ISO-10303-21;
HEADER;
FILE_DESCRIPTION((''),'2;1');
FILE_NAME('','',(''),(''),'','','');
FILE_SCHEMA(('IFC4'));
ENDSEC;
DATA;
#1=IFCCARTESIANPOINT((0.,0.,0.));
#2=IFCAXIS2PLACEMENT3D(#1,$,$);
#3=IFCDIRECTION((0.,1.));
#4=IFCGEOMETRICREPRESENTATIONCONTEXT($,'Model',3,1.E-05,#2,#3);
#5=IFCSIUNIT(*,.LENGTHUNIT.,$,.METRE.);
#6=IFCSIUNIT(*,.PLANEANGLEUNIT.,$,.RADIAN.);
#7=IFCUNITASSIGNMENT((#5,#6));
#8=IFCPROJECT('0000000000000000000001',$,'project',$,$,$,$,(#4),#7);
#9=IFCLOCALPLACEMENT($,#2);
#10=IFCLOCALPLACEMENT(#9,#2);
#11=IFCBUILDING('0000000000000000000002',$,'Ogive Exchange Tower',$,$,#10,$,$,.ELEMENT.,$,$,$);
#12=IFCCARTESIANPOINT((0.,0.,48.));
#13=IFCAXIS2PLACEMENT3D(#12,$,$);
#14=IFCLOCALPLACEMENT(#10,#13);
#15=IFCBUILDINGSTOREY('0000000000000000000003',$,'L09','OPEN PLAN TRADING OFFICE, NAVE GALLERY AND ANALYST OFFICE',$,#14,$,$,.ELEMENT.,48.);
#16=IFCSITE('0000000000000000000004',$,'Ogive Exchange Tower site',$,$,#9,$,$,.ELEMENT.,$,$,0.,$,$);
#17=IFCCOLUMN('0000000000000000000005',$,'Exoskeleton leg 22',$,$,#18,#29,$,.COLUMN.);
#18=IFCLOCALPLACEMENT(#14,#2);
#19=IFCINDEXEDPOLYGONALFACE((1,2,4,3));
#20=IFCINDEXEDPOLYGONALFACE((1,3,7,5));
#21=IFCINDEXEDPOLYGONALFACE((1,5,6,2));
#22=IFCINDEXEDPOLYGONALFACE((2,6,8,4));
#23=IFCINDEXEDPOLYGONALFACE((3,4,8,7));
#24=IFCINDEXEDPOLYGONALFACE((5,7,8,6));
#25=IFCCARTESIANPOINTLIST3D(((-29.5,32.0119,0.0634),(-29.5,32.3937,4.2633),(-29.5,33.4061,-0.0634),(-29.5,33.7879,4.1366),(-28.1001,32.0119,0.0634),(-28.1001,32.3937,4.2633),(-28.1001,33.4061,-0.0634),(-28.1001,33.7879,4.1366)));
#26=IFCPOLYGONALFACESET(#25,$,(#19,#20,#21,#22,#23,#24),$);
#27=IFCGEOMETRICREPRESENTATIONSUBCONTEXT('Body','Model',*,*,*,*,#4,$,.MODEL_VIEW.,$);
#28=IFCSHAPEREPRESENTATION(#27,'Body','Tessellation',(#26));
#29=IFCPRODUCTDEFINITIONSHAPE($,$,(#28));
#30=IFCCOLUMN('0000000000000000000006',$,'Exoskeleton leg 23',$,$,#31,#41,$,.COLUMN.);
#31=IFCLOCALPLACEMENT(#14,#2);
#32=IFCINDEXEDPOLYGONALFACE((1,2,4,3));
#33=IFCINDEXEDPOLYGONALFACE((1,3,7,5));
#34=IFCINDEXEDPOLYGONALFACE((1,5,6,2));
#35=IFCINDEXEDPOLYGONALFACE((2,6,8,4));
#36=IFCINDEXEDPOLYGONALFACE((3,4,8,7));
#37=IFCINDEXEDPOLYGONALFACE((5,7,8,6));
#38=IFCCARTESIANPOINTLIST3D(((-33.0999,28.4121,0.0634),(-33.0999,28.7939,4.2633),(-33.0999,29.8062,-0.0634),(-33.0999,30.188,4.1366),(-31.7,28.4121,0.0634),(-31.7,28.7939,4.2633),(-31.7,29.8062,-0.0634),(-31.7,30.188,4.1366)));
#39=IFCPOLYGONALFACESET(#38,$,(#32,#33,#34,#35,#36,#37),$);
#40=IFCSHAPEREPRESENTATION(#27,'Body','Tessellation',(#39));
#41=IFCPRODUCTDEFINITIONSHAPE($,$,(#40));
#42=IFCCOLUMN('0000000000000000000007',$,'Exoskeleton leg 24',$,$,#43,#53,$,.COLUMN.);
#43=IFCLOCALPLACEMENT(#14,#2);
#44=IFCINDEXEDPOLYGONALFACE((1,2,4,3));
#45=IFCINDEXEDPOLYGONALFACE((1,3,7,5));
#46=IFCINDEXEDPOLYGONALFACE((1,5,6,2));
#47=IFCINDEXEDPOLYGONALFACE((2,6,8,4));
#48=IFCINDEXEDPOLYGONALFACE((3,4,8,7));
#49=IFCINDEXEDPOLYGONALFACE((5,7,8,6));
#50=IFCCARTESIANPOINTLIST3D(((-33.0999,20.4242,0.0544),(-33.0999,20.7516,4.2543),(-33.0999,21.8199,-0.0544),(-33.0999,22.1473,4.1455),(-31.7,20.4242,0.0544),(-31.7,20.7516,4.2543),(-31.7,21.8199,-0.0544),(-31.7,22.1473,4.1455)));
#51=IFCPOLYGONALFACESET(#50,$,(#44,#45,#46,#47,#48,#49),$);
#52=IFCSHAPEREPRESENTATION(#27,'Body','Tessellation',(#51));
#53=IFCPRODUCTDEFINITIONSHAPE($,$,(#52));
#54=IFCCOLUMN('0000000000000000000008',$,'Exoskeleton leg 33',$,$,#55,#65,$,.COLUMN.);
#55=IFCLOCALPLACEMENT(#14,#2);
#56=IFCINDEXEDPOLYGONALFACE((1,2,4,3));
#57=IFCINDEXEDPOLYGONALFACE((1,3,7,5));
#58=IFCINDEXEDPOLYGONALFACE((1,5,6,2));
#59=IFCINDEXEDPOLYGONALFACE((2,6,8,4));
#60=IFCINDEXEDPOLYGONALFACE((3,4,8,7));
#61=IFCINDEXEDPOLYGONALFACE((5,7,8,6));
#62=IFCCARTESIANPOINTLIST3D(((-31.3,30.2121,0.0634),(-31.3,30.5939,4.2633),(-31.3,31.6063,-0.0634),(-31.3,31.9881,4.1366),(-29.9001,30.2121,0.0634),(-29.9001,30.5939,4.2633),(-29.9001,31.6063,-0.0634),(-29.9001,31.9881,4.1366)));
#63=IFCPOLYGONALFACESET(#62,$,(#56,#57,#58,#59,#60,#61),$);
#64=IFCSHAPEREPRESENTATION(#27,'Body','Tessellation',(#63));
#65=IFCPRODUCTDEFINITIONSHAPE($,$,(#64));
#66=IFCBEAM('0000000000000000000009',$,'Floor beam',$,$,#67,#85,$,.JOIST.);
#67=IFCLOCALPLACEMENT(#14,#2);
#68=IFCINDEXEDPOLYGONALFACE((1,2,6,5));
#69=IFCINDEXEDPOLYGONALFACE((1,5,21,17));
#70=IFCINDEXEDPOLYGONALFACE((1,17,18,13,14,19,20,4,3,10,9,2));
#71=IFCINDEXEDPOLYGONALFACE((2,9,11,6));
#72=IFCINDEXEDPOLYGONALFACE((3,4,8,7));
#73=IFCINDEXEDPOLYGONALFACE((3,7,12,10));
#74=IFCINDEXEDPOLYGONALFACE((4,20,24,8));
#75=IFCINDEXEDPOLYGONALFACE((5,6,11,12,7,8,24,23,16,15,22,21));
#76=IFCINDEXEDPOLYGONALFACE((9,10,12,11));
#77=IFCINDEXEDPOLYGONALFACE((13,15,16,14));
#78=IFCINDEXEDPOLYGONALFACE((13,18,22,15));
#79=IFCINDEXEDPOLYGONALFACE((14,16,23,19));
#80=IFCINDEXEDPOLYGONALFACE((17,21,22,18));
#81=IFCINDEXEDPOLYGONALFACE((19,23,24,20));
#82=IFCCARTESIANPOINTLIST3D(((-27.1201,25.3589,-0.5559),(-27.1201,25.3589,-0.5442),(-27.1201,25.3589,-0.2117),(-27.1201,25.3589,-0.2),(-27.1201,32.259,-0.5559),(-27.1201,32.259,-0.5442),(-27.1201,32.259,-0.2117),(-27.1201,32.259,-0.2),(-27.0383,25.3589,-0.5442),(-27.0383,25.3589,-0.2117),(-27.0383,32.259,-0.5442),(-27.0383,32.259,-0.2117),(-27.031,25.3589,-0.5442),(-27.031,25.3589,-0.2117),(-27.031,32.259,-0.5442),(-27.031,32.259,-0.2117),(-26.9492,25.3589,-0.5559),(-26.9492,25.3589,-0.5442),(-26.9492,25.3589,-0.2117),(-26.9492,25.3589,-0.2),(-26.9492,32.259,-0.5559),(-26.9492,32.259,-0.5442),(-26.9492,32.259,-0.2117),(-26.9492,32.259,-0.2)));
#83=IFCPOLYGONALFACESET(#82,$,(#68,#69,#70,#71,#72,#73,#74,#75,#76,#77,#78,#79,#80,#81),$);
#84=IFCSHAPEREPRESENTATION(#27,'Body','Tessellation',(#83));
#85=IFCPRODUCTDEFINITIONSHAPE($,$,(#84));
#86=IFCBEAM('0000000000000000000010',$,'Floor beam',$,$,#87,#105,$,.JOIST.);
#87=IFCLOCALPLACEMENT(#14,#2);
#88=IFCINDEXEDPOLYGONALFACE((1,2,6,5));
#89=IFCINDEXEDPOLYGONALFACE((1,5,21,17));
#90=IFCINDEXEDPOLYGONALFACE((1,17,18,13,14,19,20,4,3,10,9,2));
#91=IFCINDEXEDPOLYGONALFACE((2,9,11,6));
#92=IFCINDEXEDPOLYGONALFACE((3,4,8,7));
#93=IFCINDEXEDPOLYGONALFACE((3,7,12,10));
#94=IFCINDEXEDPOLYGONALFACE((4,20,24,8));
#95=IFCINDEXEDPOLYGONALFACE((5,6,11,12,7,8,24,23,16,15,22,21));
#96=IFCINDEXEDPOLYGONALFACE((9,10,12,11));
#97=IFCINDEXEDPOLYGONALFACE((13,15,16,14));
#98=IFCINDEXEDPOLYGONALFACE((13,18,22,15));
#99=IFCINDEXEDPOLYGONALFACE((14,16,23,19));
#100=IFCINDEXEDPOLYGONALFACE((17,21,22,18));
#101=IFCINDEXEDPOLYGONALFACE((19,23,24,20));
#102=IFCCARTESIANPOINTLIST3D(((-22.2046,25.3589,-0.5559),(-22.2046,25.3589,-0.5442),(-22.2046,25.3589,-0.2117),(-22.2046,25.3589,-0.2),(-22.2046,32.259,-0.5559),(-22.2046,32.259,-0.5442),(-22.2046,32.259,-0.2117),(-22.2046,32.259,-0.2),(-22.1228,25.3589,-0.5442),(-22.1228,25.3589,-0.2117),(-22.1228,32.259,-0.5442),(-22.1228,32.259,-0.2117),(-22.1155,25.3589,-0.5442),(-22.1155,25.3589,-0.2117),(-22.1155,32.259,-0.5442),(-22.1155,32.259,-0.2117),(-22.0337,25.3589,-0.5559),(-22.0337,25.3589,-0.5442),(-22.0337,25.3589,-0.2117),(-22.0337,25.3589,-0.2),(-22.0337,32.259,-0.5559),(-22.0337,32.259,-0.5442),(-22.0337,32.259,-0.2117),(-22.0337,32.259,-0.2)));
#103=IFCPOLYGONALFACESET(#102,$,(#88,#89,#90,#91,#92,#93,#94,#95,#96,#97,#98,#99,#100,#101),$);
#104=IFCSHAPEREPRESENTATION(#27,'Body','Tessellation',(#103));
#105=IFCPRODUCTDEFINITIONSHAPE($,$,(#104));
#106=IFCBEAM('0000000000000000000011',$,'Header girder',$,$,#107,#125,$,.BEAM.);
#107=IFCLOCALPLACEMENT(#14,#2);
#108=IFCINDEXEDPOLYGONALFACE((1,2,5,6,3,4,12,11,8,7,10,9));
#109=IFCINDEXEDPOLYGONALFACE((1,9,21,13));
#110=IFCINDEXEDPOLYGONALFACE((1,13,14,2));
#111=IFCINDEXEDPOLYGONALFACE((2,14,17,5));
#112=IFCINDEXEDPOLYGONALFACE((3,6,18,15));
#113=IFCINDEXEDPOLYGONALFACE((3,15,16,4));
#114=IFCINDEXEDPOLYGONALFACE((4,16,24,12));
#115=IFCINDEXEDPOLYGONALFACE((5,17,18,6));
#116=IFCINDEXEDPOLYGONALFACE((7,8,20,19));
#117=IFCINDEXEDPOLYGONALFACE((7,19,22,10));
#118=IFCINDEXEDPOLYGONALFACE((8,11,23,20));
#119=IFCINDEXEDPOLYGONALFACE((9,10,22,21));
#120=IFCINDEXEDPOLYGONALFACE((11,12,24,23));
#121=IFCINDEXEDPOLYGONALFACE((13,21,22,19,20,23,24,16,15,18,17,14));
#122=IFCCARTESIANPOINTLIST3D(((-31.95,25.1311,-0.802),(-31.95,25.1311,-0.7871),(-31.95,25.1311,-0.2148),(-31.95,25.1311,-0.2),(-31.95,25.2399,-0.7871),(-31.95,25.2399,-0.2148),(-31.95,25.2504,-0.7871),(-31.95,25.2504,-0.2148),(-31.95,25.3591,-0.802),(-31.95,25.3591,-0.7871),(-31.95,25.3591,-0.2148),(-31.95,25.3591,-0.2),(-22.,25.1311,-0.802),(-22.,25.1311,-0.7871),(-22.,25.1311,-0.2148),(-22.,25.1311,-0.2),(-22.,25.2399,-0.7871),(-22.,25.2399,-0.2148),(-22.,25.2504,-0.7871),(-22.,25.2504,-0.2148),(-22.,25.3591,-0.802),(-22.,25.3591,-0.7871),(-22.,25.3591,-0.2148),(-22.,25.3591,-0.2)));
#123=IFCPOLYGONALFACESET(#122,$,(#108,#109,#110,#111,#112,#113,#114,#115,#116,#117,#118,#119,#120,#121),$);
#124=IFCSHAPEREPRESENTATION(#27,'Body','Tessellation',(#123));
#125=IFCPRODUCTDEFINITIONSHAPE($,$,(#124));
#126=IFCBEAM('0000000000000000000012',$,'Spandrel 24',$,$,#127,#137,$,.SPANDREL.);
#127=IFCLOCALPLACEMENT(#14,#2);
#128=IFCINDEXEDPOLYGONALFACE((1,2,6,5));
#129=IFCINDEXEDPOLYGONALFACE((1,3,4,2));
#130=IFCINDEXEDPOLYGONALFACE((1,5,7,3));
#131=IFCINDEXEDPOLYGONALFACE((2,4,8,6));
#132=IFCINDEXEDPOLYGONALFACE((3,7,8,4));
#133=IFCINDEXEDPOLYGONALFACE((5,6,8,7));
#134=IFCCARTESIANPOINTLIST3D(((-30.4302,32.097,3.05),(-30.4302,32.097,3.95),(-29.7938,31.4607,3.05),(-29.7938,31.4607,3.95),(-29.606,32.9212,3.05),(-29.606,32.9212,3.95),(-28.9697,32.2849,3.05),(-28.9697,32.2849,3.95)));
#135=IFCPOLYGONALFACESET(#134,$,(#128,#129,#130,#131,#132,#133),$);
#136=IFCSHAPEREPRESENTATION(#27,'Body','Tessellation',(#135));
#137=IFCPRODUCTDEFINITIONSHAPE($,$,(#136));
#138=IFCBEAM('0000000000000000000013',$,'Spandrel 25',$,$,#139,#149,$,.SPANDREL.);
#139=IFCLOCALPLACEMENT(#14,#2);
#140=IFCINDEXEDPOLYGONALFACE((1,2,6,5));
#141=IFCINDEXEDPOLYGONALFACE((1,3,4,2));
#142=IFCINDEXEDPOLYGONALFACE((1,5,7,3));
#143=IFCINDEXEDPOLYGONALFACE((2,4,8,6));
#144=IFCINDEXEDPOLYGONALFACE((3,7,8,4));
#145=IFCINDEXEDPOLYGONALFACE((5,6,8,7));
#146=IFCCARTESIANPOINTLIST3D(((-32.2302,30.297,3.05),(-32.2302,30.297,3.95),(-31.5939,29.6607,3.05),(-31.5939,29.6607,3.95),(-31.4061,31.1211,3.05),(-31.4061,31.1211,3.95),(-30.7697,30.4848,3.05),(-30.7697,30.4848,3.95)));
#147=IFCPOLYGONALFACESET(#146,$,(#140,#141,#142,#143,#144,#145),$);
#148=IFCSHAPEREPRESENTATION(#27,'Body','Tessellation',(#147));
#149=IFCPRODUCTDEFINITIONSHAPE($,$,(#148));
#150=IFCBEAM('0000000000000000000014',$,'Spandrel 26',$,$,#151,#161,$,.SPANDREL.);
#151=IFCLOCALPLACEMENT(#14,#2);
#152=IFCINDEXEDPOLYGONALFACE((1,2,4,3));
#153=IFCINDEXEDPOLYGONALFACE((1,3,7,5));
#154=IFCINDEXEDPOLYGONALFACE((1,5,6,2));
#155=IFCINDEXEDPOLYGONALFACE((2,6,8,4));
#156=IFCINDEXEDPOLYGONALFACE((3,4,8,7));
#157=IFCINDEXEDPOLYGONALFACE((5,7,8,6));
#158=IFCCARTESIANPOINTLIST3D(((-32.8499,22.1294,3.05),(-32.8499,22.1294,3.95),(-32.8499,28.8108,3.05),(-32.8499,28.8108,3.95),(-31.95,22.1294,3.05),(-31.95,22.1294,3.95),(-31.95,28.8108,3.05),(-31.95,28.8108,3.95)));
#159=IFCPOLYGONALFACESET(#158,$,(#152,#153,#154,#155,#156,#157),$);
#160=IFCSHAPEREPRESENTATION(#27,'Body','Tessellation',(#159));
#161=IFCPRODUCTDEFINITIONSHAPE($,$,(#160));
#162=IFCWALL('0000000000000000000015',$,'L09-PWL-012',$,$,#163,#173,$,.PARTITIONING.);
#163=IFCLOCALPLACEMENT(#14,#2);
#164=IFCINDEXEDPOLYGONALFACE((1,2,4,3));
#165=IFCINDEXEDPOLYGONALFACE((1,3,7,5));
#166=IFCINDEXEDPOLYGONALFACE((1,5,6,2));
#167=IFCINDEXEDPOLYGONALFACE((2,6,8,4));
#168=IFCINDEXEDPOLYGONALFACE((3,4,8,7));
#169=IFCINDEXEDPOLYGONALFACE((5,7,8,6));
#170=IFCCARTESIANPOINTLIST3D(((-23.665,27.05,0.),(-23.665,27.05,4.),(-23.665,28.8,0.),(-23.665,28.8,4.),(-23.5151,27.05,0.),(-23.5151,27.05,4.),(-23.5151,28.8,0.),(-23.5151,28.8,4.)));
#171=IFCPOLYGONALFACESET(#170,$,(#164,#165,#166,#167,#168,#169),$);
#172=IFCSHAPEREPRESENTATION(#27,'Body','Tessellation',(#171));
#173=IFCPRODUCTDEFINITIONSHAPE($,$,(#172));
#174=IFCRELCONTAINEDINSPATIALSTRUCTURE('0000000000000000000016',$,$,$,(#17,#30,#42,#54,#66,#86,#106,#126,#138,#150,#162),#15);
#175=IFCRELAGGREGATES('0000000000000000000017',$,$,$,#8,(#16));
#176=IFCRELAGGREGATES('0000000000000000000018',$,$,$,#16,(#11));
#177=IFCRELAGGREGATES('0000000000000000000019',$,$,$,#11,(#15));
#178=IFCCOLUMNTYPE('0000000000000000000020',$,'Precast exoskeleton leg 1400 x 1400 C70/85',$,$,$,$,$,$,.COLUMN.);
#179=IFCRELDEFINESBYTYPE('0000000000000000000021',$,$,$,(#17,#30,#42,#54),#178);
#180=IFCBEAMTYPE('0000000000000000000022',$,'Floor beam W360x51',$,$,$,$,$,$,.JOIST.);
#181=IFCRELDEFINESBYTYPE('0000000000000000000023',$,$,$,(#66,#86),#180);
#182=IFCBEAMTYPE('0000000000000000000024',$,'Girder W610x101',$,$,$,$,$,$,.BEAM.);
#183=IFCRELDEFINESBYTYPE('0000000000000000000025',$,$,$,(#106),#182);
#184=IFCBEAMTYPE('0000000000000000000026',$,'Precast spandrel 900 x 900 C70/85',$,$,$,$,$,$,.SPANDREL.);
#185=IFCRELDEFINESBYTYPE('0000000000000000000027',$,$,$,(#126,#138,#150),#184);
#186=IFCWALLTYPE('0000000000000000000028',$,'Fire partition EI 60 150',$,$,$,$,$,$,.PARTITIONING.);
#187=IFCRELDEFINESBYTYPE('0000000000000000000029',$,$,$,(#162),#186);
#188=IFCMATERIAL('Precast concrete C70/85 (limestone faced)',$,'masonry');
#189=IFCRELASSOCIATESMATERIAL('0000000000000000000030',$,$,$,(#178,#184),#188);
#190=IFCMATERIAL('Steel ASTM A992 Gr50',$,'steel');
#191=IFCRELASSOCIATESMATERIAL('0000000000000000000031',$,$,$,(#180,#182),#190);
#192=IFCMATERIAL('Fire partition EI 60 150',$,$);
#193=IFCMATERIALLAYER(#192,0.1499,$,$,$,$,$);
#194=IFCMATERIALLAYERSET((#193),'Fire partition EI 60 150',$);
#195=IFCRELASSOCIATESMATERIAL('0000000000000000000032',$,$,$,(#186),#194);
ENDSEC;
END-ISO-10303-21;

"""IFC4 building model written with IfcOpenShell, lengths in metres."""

from ifc_helpers import new_model, si_unit, direction, frame, frame_2d, origin, origin_2d, place, context, subcontext, project, spatial, rectangle, i_section, extrude, material, layer, layer_set, material_profile, profile_set, type_object, element, save


model = new_model("IFC4")

# Units and contexts
model_context = context("Model", 3, precision=1e-05, world=origin(), true_north=direction((0.0, 1.0)))
body_context = subcontext(model_context, "Body", "Model", "MODEL_VIEW")
ifc_project = project(units=[si_unit("LENGTHUNIT", "METRE"), si_unit("PLANEANGLEUNIT", "RADIAN")], contexts=[model_context])

# Site, building, storey
site_placement = place(None, origin())
site = spatial("IfcSite", under=ifc_project, at=site_placement, Name="Ogive Exchange Tower site", CompositionType="ELEMENT", RefElevation=0.0)
building_placement = place(site_placement, origin())
building = spatial("IfcBuilding", under=site, at=building_placement, Name="Ogive Exchange Tower", CompositionType="ELEMENT")
storey_placement = place(building_placement, frame((0.0, 0.0, 48.0)))
storey = spatial("IfcBuildingStorey", under=building, at=storey_placement, Name="L09", Description="OPEN PLAN TRADING OFFICE, NAVE GALLERY AND ANALYST OFFICE", CompositionType="ELEMENT", Elevation=48.0)

# Columns
ifc_material_1 = material(Name="Precast concrete C70/85 (limestone faced)", Category="masonry")
ifc_material_profile_1 = material_profile(ifc_material_1, rectangle(XDim=1.3999, YDim=1.3999, at=origin_2d()), Name="1400 x 1400")
ifc_profile_set_1 = profile_set([ifc_material_profile_1], Name="Precast concrete C70/85 (limestone faced)")
column_type = type_object("IfcColumnType", Name="Precast exoskeleton leg 1400 x 1400 C70/85", PredefinedType="COLUMN", material=ifc_profile_set_1)
for number, where, z_axis, x_axis, name in (
    (1, (-28.8, 32.709, 0.0), (0.0, 0.090541, 0.995893), (-1.0, 0.0, 0.0), "Exoskeleton leg 22"),
    (2, (-32.3999, 29.1091, 0.0), (0.0, 0.090541, 0.995893), (-1.0, 0.0, 0.0), "Exoskeleton leg 23"),
):
    element("IfcColumn", number, at=place(storey_placement, frame(where, z_axis=z_axis, x_axis=x_axis)), inside=storey, type_object=column_type, Name=name, PredefinedType="COLUMN", context=body_context, shape_type="SweptSolid", body=[
        extrude(rectangle(XDim=1.3999, YDim=1.3999, at=origin_2d()), origin(), (0.0, 0.0, 1.0), 4.2173),
    ])
column_1_placement = place(storey_placement, frame((-32.3999, 21.1221, 0.0), z_axis=(0.0, 0.077716, 0.996976), x_axis=(-1.0, 0.0, 0.0)))
element("IfcColumn", 3, at=column_1_placement, inside=storey, type_object=column_type, Name="Exoskeleton leg 24", PredefinedType="COLUMN", context=body_context, shape_type="SweptSolid", body=[
    extrude(rectangle(XDim=1.3999, YDim=1.3999, at=origin_2d()), origin(), (0.0, 0.0, 1.0), 4.2126),
])
column_2_placement = place(storey_placement, frame((-30.6001, 30.9092, 0.0), z_axis=(0.0, 0.090541, 0.995893), x_axis=(-1.0, 0.0, 0.0)))
element("IfcColumn", 4, at=column_2_placement, inside=storey, type_object=column_type, Name="Exoskeleton leg 33", PredefinedType="COLUMN", context=body_context, shape_type="SweptSolid", body=[
    extrude(rectangle(XDim=1.3999, YDim=1.3999, at=origin_2d()), origin(), (0.0, 0.0, 1.0), 4.2173),
])

# Beams
ifc_material_2 = material(Name="Steel ASTM A992 Gr50", Category="steel")
ifc_material_profile_2 = material_profile(ifc_material_2, i_section(OverallWidth=0.1709, OverallDepth=0.356, WebThickness=0.0073, FlangeThickness=0.0117, at=origin_2d()), Name="W360x51")
ifc_profile_set_2 = profile_set([ifc_material_profile_2], Name="Steel ASTM A992 Gr50")
beam_type_1 = type_object("IfcBeamType", Name="Floor beam W360x51", PredefinedType="JOIST", material=ifc_profile_set_2)
for number, where, z_axis, x_axis, name in (
    (5, (-27.0347, 25.3589, -0.3779), (0.0, 1.0, 0.0), (-1.0, 0.0, 0.0), "Floor beam"),
    (6, (-22.1191, 25.3589, -0.3779), (0.0, 1.0, 0.0), (-1.0, 0.0, 0.0), "Floor beam"),
):
    element("IfcBeam", number, at=place(storey_placement, frame(where, z_axis=z_axis, x_axis=x_axis)), inside=storey, type_object=beam_type_1, Name=name, PredefinedType="JOIST", context=body_context, shape_type="SweptSolid", body=[
        extrude(i_section(OverallWidth=0.1709, OverallDepth=0.356, WebThickness=0.0073, FlangeThickness=0.0117, at=origin_2d()), origin(), (0.0, 0.0, 1.0), 6.9001),
    ])
ifc_material_profile_3 = material_profile(ifc_material_2, i_section(OverallWidth=0.228, OverallDepth=0.6021, WebThickness=0.0105, FlangeThickness=0.0149, at=origin_2d()), Name="W610x101")
ifc_profile_set_3 = profile_set([ifc_material_profile_3], Name="Steel ASTM A992 Gr50")
beam_type_2 = type_object("IfcBeamType", Name="Girder W610x101", PredefinedType="BEAM", material=ifc_profile_set_3)
beam_1_placement = place(storey_placement, frame((-31.95, 25.2451, -0.501), z_axis=(1.0, 0.0, 0.0), x_axis=(0.0, 1.0, 0.0)))
element("IfcBeam", 7, at=beam_1_placement, inside=storey, type_object=beam_type_2, Name="Header girder", PredefinedType="BEAM", context=body_context, shape_type="SweptSolid", body=[
    extrude(i_section(OverallWidth=0.228, OverallDepth=0.6021, WebThickness=0.0105, FlangeThickness=0.0149, at=origin_2d()), origin(), (0.0, 0.0, 1.0), 9.95),
])
ifc_material_profile_4 = material_profile(ifc_material_1, rectangle(XDim=0.8999, YDim=0.8999, at=origin_2d()), Name="900 x 900")
ifc_profile_set_4 = profile_set([ifc_material_profile_4], Name="Precast concrete C70/85 (limestone faced)")
beam_type_3 = type_object("IfcBeamType", Name="Precast spandrel 900 x 900 C70/85", PredefinedType="SPANDREL", material=ifc_profile_set_4)
for number, where, z_axis, x_axis, name in (
    (8, (-29.2878, 32.603, 3.5), (-0.707107, -0.707107, 0.0), (0.707107, -0.707107, 0.0), "Spandrel 24"),
    (9, (-31.0879, 30.803, 3.5), (-0.707107, -0.707107, 0.0), (0.707107, -0.707107, 0.0), "Spandrel 25"),
):
    element("IfcBeam", number, at=place(storey_placement, frame(where, z_axis=z_axis, x_axis=x_axis)), inside=storey, type_object=beam_type_3, Name=name, PredefinedType="SPANDREL", context=body_context, shape_type="SweptSolid", body=[
        extrude(rectangle(XDim=0.8999, YDim=0.8999, at=origin_2d()), origin(), (0.0, 0.0, 1.0), 1.1655),
    ])
beam_2_placement = place(storey_placement, frame((-32.3999, 28.8108, 3.5), z_axis=(0.0, -1.0, 0.0), x_axis=(1.0, 0.0, 0.0)))
element("IfcBeam", 10, at=beam_2_placement, inside=storey, type_object=beam_type_3, Name="Spandrel 26", PredefinedType="SPANDREL", context=body_context, shape_type="SweptSolid", body=[
    extrude(rectangle(XDim=0.8999, YDim=0.8999, at=origin_2d()), origin(), (0.0, 0.0, 1.0), 6.6814),
])

# Wall
ifc_material_3 = material(Name="Fire partition EI 60 150")
ifc_layer_1 = layer(ifc_material_3, 0.1499)
ifc_layer_set_1 = layer_set([ifc_layer_1], Name="Fire partition EI 60 150")
wall_type_1 = type_object("IfcWallType", Name="Fire partition EI 60 150", PredefinedType="PARTITIONING", material=ifc_layer_set_1)
wall_1_placement = place(storey_placement, frame((-23.5901, 27.05, 0.0), z_axis=(0.0, 0.0, 1.0), x_axis=(0.0, 1.0, 0.0)))
element("IfcWall", 11, at=wall_1_placement, inside=storey, type_object=wall_type_1, Name="L09-PWL-012", PredefinedType="PARTITIONING", context=body_context, shape_type="SweptSolid", body=[
    extrude(rectangle(XDim=1.75, YDim=0.1499, at=frame_2d((0.875, 0.0))), origin(), (0.0, 0.0, 1.0), 4.0),
])

save(model, "model.ifc")
